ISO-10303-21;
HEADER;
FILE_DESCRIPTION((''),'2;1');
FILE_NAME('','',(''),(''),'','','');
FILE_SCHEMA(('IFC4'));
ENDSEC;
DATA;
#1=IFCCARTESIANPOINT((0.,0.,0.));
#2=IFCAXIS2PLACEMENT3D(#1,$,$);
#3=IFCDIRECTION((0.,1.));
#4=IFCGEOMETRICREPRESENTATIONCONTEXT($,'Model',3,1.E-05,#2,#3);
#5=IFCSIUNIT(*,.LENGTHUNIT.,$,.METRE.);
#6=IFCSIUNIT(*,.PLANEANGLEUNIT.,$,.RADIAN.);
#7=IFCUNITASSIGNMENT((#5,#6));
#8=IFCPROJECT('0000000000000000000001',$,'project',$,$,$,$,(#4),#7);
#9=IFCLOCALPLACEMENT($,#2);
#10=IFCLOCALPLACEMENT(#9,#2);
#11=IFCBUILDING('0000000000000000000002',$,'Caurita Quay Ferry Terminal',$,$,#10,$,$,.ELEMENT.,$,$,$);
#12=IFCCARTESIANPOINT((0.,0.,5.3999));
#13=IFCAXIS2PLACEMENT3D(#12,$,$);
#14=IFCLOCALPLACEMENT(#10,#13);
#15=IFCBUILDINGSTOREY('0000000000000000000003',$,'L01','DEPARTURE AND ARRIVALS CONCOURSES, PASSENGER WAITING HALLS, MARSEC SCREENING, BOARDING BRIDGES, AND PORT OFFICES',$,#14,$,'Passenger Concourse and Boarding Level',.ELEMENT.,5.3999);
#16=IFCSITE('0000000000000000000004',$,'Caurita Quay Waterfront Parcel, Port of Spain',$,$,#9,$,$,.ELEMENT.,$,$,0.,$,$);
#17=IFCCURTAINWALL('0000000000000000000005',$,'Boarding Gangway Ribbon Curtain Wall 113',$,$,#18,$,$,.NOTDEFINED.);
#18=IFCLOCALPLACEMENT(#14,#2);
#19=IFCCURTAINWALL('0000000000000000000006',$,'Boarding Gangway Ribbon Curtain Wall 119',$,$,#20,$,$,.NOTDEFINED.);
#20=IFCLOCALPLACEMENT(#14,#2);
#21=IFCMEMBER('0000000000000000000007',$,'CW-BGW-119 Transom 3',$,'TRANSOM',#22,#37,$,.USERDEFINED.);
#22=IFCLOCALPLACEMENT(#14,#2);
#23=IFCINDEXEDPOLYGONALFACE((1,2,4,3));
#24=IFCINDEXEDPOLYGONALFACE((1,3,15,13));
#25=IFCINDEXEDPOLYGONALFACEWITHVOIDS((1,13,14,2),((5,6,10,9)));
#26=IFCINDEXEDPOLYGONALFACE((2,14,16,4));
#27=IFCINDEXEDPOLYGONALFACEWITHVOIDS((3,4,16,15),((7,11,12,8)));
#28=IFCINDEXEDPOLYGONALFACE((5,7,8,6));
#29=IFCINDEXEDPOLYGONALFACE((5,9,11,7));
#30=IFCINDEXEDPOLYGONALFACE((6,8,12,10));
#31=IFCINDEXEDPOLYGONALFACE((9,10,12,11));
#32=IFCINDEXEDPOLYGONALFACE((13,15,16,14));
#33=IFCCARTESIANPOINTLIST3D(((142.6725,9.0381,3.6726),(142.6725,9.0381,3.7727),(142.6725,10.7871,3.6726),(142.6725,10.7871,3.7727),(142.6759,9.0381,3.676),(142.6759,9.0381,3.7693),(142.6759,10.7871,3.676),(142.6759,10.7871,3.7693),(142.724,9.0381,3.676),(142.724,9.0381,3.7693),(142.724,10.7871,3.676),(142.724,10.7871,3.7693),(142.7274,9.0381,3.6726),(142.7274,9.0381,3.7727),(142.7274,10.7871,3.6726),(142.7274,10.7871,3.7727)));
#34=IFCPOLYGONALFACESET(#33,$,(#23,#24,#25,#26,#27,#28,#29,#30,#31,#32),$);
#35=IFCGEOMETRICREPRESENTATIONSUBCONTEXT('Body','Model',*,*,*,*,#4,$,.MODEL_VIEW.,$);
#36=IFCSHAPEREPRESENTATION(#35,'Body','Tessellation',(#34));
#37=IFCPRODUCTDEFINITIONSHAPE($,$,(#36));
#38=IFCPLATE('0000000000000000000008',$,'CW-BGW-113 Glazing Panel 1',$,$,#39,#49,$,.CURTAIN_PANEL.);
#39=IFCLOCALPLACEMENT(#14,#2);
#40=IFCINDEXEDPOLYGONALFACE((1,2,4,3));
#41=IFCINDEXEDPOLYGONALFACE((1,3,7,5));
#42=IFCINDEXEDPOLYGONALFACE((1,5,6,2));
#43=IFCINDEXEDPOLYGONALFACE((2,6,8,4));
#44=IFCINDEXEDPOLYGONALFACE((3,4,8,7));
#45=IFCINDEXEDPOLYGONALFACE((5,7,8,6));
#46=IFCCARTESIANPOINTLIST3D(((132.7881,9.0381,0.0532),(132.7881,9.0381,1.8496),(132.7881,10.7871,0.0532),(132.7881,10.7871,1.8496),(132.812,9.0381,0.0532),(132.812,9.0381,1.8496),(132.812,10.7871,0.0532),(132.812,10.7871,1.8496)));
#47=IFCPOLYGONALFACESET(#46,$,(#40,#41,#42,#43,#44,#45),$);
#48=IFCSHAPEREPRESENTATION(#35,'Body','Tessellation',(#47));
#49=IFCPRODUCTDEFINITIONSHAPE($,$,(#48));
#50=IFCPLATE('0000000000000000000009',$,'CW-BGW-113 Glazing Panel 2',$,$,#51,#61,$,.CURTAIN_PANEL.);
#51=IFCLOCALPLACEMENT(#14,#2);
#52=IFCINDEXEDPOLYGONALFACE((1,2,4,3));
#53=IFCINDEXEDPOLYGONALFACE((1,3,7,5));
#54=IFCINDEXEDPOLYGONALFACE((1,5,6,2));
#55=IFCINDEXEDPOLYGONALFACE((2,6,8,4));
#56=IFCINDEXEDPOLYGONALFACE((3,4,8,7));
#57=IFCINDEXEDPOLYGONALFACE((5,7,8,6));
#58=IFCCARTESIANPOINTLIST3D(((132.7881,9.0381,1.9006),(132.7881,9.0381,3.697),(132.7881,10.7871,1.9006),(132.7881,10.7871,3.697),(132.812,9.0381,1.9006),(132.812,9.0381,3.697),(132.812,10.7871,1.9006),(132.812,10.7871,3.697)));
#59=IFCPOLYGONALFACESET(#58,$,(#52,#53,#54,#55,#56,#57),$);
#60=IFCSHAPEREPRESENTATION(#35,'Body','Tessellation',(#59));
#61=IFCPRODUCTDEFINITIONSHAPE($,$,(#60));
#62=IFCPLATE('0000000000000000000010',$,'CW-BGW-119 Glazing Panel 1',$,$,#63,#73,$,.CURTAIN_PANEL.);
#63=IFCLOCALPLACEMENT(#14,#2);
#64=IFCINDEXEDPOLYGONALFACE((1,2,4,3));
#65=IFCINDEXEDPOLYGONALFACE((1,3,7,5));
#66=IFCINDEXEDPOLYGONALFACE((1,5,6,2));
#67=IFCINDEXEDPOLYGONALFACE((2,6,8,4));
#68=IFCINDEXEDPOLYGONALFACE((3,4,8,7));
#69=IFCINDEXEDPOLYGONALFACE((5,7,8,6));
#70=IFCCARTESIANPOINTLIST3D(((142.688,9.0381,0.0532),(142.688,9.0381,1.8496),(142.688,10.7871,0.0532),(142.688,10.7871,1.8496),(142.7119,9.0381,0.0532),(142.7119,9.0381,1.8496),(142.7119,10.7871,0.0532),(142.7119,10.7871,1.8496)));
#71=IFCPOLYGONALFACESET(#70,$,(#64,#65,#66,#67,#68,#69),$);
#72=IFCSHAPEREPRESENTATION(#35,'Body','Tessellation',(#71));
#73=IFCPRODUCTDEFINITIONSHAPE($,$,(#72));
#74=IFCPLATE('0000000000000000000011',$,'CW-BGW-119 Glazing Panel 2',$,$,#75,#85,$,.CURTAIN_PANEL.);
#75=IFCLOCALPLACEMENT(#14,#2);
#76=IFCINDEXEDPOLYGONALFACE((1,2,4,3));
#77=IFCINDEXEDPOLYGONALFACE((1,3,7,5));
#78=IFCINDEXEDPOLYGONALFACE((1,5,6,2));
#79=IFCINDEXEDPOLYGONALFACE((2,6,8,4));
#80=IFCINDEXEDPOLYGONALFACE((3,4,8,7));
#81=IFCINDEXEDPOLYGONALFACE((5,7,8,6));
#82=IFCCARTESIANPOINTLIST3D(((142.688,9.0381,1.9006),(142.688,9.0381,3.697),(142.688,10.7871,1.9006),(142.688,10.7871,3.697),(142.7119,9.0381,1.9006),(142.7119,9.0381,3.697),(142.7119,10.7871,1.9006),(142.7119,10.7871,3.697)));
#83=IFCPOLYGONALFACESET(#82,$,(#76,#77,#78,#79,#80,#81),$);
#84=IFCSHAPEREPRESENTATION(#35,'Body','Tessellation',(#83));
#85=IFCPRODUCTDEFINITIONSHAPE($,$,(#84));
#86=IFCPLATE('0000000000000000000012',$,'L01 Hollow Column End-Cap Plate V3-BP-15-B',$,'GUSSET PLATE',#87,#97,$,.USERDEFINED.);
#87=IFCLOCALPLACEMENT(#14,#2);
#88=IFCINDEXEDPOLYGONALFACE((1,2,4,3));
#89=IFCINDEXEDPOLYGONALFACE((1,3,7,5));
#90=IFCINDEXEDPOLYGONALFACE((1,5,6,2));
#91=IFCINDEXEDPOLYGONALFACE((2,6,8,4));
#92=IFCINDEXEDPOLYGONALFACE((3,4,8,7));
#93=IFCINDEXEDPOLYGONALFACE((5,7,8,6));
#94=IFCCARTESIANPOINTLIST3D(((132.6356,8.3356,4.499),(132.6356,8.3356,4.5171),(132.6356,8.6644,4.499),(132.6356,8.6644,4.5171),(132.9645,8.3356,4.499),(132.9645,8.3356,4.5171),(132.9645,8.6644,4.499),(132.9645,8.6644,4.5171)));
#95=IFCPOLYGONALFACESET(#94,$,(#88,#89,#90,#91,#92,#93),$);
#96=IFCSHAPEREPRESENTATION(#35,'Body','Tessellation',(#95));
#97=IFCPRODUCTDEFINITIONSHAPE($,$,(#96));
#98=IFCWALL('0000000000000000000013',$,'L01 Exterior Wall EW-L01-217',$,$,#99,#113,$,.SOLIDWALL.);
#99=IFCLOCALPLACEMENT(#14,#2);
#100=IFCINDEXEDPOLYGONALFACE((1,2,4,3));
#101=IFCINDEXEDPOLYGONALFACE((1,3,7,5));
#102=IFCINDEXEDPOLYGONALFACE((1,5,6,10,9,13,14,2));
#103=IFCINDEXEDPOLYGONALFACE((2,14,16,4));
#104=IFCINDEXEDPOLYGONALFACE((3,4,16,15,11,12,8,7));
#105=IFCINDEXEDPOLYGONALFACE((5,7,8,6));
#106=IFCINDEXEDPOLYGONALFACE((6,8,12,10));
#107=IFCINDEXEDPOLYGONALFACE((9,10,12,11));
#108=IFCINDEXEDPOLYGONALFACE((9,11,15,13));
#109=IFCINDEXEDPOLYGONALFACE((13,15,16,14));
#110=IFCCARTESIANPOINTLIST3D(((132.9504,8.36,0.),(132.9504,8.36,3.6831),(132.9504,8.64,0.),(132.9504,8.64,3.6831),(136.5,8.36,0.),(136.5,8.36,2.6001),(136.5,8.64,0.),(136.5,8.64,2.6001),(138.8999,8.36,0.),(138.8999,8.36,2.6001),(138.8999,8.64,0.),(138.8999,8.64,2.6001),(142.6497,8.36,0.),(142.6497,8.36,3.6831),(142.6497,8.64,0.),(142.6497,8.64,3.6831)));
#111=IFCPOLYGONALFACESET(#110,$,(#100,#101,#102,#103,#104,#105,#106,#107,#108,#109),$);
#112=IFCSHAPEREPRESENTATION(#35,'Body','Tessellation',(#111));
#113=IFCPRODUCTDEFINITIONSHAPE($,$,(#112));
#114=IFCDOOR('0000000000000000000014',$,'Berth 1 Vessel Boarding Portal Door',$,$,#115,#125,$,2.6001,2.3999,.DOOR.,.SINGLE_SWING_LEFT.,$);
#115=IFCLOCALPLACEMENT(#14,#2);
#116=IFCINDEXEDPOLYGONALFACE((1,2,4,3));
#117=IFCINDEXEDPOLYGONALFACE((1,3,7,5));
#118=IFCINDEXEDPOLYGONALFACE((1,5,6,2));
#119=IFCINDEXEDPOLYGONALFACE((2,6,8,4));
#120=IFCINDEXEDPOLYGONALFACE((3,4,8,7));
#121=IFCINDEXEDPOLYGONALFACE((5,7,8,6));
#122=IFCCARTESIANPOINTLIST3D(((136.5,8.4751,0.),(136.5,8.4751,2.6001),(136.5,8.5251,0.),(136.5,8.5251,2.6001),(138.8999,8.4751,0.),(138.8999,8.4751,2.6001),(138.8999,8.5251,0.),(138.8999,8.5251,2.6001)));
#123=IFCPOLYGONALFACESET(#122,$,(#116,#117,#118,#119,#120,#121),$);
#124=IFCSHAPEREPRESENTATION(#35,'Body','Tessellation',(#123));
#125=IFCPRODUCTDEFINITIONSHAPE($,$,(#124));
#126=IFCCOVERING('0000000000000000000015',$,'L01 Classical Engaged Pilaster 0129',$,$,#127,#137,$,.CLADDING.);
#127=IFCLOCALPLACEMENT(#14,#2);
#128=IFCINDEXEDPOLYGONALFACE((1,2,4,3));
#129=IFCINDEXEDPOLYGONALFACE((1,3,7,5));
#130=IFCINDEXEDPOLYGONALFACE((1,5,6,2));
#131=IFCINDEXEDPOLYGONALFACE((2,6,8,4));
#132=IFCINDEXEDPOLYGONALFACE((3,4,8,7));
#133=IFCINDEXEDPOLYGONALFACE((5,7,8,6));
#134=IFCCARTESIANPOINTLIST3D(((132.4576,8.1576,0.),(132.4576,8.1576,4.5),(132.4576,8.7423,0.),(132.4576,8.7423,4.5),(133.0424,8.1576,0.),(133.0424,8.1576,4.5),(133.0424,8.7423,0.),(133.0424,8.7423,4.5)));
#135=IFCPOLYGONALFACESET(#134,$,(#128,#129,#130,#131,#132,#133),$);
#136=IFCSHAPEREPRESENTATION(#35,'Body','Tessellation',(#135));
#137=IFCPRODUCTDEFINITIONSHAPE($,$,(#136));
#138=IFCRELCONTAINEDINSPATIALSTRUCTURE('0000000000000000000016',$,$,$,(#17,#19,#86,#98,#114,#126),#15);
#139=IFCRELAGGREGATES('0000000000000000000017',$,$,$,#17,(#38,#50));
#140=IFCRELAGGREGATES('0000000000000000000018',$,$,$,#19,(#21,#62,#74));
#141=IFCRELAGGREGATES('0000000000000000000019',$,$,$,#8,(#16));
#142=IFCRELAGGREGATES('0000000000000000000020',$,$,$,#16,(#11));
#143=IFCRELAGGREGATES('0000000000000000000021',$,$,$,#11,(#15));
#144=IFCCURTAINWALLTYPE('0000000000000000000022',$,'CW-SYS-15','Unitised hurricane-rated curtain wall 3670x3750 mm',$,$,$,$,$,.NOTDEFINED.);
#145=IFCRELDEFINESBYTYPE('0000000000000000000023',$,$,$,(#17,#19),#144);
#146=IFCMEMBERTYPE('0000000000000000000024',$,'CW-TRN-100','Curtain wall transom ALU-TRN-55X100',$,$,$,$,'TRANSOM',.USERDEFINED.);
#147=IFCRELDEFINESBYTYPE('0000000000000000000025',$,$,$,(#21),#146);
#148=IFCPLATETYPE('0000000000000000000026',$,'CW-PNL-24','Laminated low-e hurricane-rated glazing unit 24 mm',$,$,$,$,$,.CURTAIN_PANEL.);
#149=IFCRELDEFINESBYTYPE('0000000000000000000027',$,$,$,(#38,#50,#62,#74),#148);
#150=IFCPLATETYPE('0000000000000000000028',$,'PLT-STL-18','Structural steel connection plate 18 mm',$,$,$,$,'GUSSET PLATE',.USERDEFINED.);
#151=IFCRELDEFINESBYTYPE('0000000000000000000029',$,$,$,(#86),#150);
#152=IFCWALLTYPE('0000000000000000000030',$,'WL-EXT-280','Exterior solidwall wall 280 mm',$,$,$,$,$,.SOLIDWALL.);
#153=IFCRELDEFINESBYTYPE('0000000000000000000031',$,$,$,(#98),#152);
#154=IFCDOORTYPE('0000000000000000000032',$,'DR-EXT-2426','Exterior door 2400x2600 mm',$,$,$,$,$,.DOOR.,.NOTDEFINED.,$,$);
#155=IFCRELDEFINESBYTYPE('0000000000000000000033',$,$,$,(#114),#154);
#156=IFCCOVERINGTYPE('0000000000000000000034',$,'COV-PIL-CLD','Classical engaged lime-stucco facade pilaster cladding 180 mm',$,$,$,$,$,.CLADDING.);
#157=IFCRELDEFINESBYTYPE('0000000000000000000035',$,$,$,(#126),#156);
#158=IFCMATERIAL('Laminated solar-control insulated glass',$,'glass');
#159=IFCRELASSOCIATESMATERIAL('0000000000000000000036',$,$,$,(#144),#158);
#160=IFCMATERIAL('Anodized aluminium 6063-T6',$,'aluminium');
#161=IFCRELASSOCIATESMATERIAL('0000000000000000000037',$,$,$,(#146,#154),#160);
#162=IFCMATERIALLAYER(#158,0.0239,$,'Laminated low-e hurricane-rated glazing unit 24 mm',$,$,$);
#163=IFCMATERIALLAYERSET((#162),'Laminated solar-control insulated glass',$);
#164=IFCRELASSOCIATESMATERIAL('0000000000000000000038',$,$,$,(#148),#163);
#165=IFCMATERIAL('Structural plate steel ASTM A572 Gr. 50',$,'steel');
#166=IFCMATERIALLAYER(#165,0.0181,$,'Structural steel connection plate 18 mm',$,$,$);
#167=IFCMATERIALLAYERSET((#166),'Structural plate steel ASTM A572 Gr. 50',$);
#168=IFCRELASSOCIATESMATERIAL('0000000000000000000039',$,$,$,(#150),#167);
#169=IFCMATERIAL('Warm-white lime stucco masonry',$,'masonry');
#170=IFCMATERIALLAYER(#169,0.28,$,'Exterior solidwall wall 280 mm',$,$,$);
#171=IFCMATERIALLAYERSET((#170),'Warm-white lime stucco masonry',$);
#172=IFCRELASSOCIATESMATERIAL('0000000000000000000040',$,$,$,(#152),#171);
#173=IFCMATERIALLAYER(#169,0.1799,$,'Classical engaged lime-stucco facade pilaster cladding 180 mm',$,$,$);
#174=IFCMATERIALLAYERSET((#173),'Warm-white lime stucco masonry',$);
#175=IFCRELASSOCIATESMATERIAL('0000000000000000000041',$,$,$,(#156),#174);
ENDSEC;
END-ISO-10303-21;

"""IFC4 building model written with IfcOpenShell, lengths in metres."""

from ifc_helpers import new_model, si_unit, direction, frame, frame_2d, origin, origin_2d, place, context, subcontext, project, spatial, rectangle, hollow_rectangle, extrude, material, layer, layer_set, material_profile, profile_set, type_object, element, fill, aggregate, save


model = new_model("IFC4")

# Units and contexts
model_context = context("Model", 3, precision=1e-05, world=origin(), true_north=direction((0.0, 1.0)))
body_context = subcontext(model_context, "Body", "Model", "MODEL_VIEW")
ifc_project = project(units=[si_unit("LENGTHUNIT", "METRE"), si_unit("PLANEANGLEUNIT", "RADIAN")], contexts=[model_context])

# Site, building, storey
site_placement = place(None, origin())
site = spatial("IfcSite", under=ifc_project, at=site_placement, Name="Caurita Quay Waterfront Parcel, Port of Spain", CompositionType="ELEMENT", RefElevation=0.0)
building_placement = place(site_placement, origin())
building = spatial("IfcBuilding", under=site, at=building_placement, Name="Caurita Quay Ferry Terminal", CompositionType="ELEMENT")
storey_placement = place(building_placement, frame((0.0, 0.0, 5.3999)))
storey = spatial("IfcBuildingStorey", under=building, at=storey_placement, Name="L01", Description="DEPARTURE AND ARRIVALS CONCOURSES, PASSENGER WAITING HALLS, MARSEC SCREENING, BOARDING BRIDGES, AND PORT OFFICES", LongName="Passenger Concourse and Boarding Level", CompositionType="ELEMENT", Elevation=5.3999)

# Curtain walls
ifc_material_1 = material(Name="Laminated solar-control insulated glass", Category="glass")
curtain_wall_type = type_object("IfcCurtainWallType", Name="CW-SYS-15", Description="Unitised hurricane-rated curtain wall 3670x3750 mm", PredefinedType="NOTDEFINED", material=ifc_material_1)
curtain_wall_1_placement = place(storey_placement, origin())
curtain_wall_1 = element("IfcCurtainWall", 1, at=curtain_wall_1_placement, inside=storey, type_object=curtain_wall_type, Name="Boarding Gangway Ribbon Curtain Wall 113", PredefinedType="NOTDEFINED")
ifc_material_2 = material(Name="Anodized aluminium 6063-T6", Category="aluminium")
curtain_wall_2_placement = place(storey_placement, origin())
curtain_wall_2 = element("IfcCurtainWall", 2, at=curtain_wall_2_placement, inside=storey, type_object=curtain_wall_type, Name="Boarding Gangway Ribbon Curtain Wall 119", PredefinedType="NOTDEFINED")

# Member
ifc_material_profile_1 = material_profile(ifc_material_2, hollow_rectangle(XDim=0.0549, YDim=0.1001, WallThickness=0.0034, at=origin_2d()), Name="ALU-TRN-55X100")
ifc_profile_set_1 = profile_set([ifc_material_profile_1], Name="Anodized aluminium 6063-T6")
member_type_1 = type_object("IfcMemberType", Name="CW-TRN-100", Description="Curtain wall transom ALU-TRN-55X100", ElementType="TRANSOM", PredefinedType="USERDEFINED", material=ifc_profile_set_1)
member_1_placement = place(storey_placement, frame((142.7, 9.0381, 3.7227), z_axis=(0.0, 1.0, 0.0), x_axis=(-1.0, 0.0, 0.0)))
member_1 = element("IfcMember", 3, at=member_1_placement, type_object=member_type_1, Name="CW-BGW-119 Transom 3", ObjectType="TRANSOM", PredefinedType="USERDEFINED", context=body_context, shape_type="SweptSolid", body=[
    extrude(hollow_rectangle(XDim=0.0549, YDim=0.1001, WallThickness=0.0034, at=origin_2d()), origin(), (0.0, 0.0, 1.0), 1.749),
])

# Plates
ifc_layer_1 = layer(ifc_material_1, 0.0239, Name="Laminated low-e hurricane-rated glazing unit 24 mm")
ifc_layer_set_1 = layer_set([ifc_layer_1], Name="Laminated solar-control insulated glass")
plate_type_1 = type_object("IfcPlateType", Name="CW-PNL-24", Description="Laminated low-e hurricane-rated glazing unit 24 mm", PredefinedType="CURTAIN_PANEL", material=ifc_layer_set_1)
plate_1_placement = place(storey_placement, frame((132.8, 9.9126, 0.0532), z_axis=(0.0, 0.0, 1.0), x_axis=(0.0, 1.0, 0.0)))
plate_1 = element("IfcPlate", 4, at=plate_1_placement, type_object=plate_type_1, Name="CW-BGW-113 Glazing Panel 1", PredefinedType="CURTAIN_PANEL", context=body_context, shape_type="SweptSolid", body=[
    extrude(rectangle(XDim=1.749, YDim=0.0239, at=origin_2d()), origin(), (0.0, 0.0, 1.0), 1.7964),
])
plate_2_placement = place(storey_placement, frame((132.8, 9.9126, 1.9006), z_axis=(0.0, 0.0, 1.0), x_axis=(0.0, 1.0, 0.0)))
plate_2 = element("IfcPlate", 5, at=plate_2_placement, type_object=plate_type_1, Name="CW-BGW-113 Glazing Panel 2", PredefinedType="CURTAIN_PANEL", context=body_context, shape_type="SweptSolid", body=[
    extrude(rectangle(XDim=1.749, YDim=0.0239, at=origin_2d()), origin(), (0.0, 0.0, 1.0), 1.7964),
])
aggregate(curtain_wall_1, [plate_1, plate_2])
plate_3_placement = place(storey_placement, frame((142.7, 9.9126, 0.0532), z_axis=(0.0, 0.0, 1.0), x_axis=(0.0, 1.0, 0.0)))
plate_3 = element("IfcPlate", 6, at=plate_3_placement, type_object=plate_type_1, Name="CW-BGW-119 Glazing Panel 1", PredefinedType="CURTAIN_PANEL", context=body_context, shape_type="SweptSolid", body=[
    extrude(rectangle(XDim=1.749, YDim=0.0239, at=origin_2d()), origin(), (0.0, 0.0, 1.0), 1.7964),
])
plate_4_placement = place(storey_placement, frame((142.7, 9.9126, 1.9006), z_axis=(0.0, 0.0, 1.0), x_axis=(0.0, 1.0, 0.0)))
plate_4 = element("IfcPlate", 7, at=plate_4_placement, type_object=plate_type_1, Name="CW-BGW-119 Glazing Panel 2", PredefinedType="CURTAIN_PANEL", context=body_context, shape_type="SweptSolid", body=[
    extrude(rectangle(XDim=1.749, YDim=0.0239, at=origin_2d()), origin(), (0.0, 0.0, 1.0), 1.7964),
])
aggregate(curtain_wall_2, [member_1, plate_3, plate_4])
ifc_material_3 = material(Name="Structural plate steel ASTM A572 Gr. 50", Category="steel")
ifc_layer_2 = layer(ifc_material_3, 0.0181, Name="Structural steel connection plate 18 mm")
ifc_layer_set_2 = layer_set([ifc_layer_2], Name="Structural plate steel ASTM A572 Gr. 50")
plate_type_2 = type_object("IfcPlateType", Name="PLT-STL-18", Description="Structural steel connection plate 18 mm", ElementType="GUSSET PLATE", PredefinedType="USERDEFINED", material=ifc_layer_set_2)
plate_5_placement = place(storey_placement, frame((132.8, 8.5, 4.499), z_axis=(0.0, 0.0, 1.0), x_axis=(1.0, 0.0, 0.0)))
element("IfcPlate", 8, at=plate_5_placement, inside=storey, type_object=plate_type_2, Name="L01 Hollow Column End-Cap Plate V3-BP-15-B", ObjectType="GUSSET PLATE", PredefinedType="USERDEFINED", context=body_context, shape_type="SweptSolid", body=[
    extrude(rectangle(XDim=0.3289, YDim=0.3289, at=origin_2d()), origin(), (0.0, 0.0, 1.0), 0.0181),
])

# Wall, opening, door
ifc_material_4 = material(Name="Warm-white lime stucco masonry", Category="masonry")
ifc_layer_3 = layer(ifc_material_4, 0.28, Name="Exterior solidwall wall 280 mm")
ifc_layer_set_3 = layer_set([ifc_layer_3], Name="Warm-white lime stucco masonry")
wall_type = type_object("IfcWallType", Name="WL-EXT-280", Description="Exterior solidwall wall 280 mm", PredefinedType="SOLIDWALL", material=ifc_layer_set_3)
wall_placement = place(storey_placement, frame((132.9504, 8.5, 0.0), z_axis=(0.0, 0.0, 1.0), x_axis=(1.0, 0.0, 0.0)))
wall = element("IfcWall", 9, at=wall_placement, inside=storey, type_object=wall_type, Name="L01 Exterior Wall EW-L01-217", PredefinedType="SOLIDWALL", context=body_context, shape_type="SweptSolid", body=[
    extrude(rectangle(XDim=9.6992, YDim=0.28, at=frame_2d((4.8496, 0.0))), origin(), (0.0, 0.0, 1.0), 3.6831),
])
opening_placement = place(wall_placement, frame((3.5496, 0.0, 0.0)))
opening = element("IfcOpeningElement", 10, at=opening_placement, cuts=wall, PredefinedType="OPENING", context=body_context, shape_type="SweptSolid", body=[
    extrude(rectangle(XDim=2.3999, YDim=2.6001, at=frame_2d((1.2, 1.3))), frame((0.0, 0.1499, 0.0), z_axis=(0.0, -1.0, 0.0), x_axis=(1.0, 0.0, 0.0)), (0.0, 0.0, 1.0), 0.3),
])
door_type = type_object("IfcDoorType", Name="DR-EXT-2426", Description="Exterior door 2400x2600 mm", OperationType="NOTDEFINED", PredefinedType="DOOR", material=ifc_material_2)
door_placement = place(opening_placement, frame((2.3999, 0.0, 0.0), z_axis=(0.0, 0.0, 1.0), x_axis=(-1.0, 0.0, 0.0)))
door = element("IfcDoor", 11, at=door_placement, inside=storey, type_object=door_type, Name="Berth 1 Vessel Boarding Portal Door", OperationType="SINGLE_SWING_LEFT", OverallHeight=2.6001, OverallWidth=2.3999, PredefinedType="DOOR", context=body_context, shape_type="SweptSolid", body=[
    extrude(rectangle(XDim=2.3999, YDim=2.6001, at=frame_2d((1.2, 1.3))), frame((0.0, 0.0249, 0.0), z_axis=(0.0, -1.0, 0.0), x_axis=(1.0, 0.0, 0.0)), (0.0, 0.0, 1.0), 0.05),
])
fill(opening, door)

# Covering
ifc_layer_4 = layer(ifc_material_4, 0.1799, Name="Classical engaged lime-stucco facade pilaster cladding 180 mm")
ifc_layer_set_4 = layer_set([ifc_layer_4], Name="Warm-white lime stucco masonry")
covering_type = type_object("IfcCoveringType", Name="COV-PIL-CLD", Description="Classical engaged lime-stucco facade pilaster cladding 180 mm", PredefinedType="CLADDING", material=ifc_layer_set_4)
covering_placement = place(storey_placement, frame((132.75, 8.45, 0.0), z_axis=(0.0, 0.0, 1.0), x_axis=(1.0, 0.0, 0.0)))
element("IfcCovering", 12, at=covering_placement, inside=storey, type_object=covering_type, Name="L01 Classical Engaged Pilaster 0129", PredefinedType="CLADDING", context=body_context, shape_type="SweptSolid", body=[
    extrude(rectangle(XDim=0.5847, YDim=0.5847, at=origin_2d()), origin(), (0.0, 0.0, 1.0), 4.5),
])

save(model, "model.ifc")
